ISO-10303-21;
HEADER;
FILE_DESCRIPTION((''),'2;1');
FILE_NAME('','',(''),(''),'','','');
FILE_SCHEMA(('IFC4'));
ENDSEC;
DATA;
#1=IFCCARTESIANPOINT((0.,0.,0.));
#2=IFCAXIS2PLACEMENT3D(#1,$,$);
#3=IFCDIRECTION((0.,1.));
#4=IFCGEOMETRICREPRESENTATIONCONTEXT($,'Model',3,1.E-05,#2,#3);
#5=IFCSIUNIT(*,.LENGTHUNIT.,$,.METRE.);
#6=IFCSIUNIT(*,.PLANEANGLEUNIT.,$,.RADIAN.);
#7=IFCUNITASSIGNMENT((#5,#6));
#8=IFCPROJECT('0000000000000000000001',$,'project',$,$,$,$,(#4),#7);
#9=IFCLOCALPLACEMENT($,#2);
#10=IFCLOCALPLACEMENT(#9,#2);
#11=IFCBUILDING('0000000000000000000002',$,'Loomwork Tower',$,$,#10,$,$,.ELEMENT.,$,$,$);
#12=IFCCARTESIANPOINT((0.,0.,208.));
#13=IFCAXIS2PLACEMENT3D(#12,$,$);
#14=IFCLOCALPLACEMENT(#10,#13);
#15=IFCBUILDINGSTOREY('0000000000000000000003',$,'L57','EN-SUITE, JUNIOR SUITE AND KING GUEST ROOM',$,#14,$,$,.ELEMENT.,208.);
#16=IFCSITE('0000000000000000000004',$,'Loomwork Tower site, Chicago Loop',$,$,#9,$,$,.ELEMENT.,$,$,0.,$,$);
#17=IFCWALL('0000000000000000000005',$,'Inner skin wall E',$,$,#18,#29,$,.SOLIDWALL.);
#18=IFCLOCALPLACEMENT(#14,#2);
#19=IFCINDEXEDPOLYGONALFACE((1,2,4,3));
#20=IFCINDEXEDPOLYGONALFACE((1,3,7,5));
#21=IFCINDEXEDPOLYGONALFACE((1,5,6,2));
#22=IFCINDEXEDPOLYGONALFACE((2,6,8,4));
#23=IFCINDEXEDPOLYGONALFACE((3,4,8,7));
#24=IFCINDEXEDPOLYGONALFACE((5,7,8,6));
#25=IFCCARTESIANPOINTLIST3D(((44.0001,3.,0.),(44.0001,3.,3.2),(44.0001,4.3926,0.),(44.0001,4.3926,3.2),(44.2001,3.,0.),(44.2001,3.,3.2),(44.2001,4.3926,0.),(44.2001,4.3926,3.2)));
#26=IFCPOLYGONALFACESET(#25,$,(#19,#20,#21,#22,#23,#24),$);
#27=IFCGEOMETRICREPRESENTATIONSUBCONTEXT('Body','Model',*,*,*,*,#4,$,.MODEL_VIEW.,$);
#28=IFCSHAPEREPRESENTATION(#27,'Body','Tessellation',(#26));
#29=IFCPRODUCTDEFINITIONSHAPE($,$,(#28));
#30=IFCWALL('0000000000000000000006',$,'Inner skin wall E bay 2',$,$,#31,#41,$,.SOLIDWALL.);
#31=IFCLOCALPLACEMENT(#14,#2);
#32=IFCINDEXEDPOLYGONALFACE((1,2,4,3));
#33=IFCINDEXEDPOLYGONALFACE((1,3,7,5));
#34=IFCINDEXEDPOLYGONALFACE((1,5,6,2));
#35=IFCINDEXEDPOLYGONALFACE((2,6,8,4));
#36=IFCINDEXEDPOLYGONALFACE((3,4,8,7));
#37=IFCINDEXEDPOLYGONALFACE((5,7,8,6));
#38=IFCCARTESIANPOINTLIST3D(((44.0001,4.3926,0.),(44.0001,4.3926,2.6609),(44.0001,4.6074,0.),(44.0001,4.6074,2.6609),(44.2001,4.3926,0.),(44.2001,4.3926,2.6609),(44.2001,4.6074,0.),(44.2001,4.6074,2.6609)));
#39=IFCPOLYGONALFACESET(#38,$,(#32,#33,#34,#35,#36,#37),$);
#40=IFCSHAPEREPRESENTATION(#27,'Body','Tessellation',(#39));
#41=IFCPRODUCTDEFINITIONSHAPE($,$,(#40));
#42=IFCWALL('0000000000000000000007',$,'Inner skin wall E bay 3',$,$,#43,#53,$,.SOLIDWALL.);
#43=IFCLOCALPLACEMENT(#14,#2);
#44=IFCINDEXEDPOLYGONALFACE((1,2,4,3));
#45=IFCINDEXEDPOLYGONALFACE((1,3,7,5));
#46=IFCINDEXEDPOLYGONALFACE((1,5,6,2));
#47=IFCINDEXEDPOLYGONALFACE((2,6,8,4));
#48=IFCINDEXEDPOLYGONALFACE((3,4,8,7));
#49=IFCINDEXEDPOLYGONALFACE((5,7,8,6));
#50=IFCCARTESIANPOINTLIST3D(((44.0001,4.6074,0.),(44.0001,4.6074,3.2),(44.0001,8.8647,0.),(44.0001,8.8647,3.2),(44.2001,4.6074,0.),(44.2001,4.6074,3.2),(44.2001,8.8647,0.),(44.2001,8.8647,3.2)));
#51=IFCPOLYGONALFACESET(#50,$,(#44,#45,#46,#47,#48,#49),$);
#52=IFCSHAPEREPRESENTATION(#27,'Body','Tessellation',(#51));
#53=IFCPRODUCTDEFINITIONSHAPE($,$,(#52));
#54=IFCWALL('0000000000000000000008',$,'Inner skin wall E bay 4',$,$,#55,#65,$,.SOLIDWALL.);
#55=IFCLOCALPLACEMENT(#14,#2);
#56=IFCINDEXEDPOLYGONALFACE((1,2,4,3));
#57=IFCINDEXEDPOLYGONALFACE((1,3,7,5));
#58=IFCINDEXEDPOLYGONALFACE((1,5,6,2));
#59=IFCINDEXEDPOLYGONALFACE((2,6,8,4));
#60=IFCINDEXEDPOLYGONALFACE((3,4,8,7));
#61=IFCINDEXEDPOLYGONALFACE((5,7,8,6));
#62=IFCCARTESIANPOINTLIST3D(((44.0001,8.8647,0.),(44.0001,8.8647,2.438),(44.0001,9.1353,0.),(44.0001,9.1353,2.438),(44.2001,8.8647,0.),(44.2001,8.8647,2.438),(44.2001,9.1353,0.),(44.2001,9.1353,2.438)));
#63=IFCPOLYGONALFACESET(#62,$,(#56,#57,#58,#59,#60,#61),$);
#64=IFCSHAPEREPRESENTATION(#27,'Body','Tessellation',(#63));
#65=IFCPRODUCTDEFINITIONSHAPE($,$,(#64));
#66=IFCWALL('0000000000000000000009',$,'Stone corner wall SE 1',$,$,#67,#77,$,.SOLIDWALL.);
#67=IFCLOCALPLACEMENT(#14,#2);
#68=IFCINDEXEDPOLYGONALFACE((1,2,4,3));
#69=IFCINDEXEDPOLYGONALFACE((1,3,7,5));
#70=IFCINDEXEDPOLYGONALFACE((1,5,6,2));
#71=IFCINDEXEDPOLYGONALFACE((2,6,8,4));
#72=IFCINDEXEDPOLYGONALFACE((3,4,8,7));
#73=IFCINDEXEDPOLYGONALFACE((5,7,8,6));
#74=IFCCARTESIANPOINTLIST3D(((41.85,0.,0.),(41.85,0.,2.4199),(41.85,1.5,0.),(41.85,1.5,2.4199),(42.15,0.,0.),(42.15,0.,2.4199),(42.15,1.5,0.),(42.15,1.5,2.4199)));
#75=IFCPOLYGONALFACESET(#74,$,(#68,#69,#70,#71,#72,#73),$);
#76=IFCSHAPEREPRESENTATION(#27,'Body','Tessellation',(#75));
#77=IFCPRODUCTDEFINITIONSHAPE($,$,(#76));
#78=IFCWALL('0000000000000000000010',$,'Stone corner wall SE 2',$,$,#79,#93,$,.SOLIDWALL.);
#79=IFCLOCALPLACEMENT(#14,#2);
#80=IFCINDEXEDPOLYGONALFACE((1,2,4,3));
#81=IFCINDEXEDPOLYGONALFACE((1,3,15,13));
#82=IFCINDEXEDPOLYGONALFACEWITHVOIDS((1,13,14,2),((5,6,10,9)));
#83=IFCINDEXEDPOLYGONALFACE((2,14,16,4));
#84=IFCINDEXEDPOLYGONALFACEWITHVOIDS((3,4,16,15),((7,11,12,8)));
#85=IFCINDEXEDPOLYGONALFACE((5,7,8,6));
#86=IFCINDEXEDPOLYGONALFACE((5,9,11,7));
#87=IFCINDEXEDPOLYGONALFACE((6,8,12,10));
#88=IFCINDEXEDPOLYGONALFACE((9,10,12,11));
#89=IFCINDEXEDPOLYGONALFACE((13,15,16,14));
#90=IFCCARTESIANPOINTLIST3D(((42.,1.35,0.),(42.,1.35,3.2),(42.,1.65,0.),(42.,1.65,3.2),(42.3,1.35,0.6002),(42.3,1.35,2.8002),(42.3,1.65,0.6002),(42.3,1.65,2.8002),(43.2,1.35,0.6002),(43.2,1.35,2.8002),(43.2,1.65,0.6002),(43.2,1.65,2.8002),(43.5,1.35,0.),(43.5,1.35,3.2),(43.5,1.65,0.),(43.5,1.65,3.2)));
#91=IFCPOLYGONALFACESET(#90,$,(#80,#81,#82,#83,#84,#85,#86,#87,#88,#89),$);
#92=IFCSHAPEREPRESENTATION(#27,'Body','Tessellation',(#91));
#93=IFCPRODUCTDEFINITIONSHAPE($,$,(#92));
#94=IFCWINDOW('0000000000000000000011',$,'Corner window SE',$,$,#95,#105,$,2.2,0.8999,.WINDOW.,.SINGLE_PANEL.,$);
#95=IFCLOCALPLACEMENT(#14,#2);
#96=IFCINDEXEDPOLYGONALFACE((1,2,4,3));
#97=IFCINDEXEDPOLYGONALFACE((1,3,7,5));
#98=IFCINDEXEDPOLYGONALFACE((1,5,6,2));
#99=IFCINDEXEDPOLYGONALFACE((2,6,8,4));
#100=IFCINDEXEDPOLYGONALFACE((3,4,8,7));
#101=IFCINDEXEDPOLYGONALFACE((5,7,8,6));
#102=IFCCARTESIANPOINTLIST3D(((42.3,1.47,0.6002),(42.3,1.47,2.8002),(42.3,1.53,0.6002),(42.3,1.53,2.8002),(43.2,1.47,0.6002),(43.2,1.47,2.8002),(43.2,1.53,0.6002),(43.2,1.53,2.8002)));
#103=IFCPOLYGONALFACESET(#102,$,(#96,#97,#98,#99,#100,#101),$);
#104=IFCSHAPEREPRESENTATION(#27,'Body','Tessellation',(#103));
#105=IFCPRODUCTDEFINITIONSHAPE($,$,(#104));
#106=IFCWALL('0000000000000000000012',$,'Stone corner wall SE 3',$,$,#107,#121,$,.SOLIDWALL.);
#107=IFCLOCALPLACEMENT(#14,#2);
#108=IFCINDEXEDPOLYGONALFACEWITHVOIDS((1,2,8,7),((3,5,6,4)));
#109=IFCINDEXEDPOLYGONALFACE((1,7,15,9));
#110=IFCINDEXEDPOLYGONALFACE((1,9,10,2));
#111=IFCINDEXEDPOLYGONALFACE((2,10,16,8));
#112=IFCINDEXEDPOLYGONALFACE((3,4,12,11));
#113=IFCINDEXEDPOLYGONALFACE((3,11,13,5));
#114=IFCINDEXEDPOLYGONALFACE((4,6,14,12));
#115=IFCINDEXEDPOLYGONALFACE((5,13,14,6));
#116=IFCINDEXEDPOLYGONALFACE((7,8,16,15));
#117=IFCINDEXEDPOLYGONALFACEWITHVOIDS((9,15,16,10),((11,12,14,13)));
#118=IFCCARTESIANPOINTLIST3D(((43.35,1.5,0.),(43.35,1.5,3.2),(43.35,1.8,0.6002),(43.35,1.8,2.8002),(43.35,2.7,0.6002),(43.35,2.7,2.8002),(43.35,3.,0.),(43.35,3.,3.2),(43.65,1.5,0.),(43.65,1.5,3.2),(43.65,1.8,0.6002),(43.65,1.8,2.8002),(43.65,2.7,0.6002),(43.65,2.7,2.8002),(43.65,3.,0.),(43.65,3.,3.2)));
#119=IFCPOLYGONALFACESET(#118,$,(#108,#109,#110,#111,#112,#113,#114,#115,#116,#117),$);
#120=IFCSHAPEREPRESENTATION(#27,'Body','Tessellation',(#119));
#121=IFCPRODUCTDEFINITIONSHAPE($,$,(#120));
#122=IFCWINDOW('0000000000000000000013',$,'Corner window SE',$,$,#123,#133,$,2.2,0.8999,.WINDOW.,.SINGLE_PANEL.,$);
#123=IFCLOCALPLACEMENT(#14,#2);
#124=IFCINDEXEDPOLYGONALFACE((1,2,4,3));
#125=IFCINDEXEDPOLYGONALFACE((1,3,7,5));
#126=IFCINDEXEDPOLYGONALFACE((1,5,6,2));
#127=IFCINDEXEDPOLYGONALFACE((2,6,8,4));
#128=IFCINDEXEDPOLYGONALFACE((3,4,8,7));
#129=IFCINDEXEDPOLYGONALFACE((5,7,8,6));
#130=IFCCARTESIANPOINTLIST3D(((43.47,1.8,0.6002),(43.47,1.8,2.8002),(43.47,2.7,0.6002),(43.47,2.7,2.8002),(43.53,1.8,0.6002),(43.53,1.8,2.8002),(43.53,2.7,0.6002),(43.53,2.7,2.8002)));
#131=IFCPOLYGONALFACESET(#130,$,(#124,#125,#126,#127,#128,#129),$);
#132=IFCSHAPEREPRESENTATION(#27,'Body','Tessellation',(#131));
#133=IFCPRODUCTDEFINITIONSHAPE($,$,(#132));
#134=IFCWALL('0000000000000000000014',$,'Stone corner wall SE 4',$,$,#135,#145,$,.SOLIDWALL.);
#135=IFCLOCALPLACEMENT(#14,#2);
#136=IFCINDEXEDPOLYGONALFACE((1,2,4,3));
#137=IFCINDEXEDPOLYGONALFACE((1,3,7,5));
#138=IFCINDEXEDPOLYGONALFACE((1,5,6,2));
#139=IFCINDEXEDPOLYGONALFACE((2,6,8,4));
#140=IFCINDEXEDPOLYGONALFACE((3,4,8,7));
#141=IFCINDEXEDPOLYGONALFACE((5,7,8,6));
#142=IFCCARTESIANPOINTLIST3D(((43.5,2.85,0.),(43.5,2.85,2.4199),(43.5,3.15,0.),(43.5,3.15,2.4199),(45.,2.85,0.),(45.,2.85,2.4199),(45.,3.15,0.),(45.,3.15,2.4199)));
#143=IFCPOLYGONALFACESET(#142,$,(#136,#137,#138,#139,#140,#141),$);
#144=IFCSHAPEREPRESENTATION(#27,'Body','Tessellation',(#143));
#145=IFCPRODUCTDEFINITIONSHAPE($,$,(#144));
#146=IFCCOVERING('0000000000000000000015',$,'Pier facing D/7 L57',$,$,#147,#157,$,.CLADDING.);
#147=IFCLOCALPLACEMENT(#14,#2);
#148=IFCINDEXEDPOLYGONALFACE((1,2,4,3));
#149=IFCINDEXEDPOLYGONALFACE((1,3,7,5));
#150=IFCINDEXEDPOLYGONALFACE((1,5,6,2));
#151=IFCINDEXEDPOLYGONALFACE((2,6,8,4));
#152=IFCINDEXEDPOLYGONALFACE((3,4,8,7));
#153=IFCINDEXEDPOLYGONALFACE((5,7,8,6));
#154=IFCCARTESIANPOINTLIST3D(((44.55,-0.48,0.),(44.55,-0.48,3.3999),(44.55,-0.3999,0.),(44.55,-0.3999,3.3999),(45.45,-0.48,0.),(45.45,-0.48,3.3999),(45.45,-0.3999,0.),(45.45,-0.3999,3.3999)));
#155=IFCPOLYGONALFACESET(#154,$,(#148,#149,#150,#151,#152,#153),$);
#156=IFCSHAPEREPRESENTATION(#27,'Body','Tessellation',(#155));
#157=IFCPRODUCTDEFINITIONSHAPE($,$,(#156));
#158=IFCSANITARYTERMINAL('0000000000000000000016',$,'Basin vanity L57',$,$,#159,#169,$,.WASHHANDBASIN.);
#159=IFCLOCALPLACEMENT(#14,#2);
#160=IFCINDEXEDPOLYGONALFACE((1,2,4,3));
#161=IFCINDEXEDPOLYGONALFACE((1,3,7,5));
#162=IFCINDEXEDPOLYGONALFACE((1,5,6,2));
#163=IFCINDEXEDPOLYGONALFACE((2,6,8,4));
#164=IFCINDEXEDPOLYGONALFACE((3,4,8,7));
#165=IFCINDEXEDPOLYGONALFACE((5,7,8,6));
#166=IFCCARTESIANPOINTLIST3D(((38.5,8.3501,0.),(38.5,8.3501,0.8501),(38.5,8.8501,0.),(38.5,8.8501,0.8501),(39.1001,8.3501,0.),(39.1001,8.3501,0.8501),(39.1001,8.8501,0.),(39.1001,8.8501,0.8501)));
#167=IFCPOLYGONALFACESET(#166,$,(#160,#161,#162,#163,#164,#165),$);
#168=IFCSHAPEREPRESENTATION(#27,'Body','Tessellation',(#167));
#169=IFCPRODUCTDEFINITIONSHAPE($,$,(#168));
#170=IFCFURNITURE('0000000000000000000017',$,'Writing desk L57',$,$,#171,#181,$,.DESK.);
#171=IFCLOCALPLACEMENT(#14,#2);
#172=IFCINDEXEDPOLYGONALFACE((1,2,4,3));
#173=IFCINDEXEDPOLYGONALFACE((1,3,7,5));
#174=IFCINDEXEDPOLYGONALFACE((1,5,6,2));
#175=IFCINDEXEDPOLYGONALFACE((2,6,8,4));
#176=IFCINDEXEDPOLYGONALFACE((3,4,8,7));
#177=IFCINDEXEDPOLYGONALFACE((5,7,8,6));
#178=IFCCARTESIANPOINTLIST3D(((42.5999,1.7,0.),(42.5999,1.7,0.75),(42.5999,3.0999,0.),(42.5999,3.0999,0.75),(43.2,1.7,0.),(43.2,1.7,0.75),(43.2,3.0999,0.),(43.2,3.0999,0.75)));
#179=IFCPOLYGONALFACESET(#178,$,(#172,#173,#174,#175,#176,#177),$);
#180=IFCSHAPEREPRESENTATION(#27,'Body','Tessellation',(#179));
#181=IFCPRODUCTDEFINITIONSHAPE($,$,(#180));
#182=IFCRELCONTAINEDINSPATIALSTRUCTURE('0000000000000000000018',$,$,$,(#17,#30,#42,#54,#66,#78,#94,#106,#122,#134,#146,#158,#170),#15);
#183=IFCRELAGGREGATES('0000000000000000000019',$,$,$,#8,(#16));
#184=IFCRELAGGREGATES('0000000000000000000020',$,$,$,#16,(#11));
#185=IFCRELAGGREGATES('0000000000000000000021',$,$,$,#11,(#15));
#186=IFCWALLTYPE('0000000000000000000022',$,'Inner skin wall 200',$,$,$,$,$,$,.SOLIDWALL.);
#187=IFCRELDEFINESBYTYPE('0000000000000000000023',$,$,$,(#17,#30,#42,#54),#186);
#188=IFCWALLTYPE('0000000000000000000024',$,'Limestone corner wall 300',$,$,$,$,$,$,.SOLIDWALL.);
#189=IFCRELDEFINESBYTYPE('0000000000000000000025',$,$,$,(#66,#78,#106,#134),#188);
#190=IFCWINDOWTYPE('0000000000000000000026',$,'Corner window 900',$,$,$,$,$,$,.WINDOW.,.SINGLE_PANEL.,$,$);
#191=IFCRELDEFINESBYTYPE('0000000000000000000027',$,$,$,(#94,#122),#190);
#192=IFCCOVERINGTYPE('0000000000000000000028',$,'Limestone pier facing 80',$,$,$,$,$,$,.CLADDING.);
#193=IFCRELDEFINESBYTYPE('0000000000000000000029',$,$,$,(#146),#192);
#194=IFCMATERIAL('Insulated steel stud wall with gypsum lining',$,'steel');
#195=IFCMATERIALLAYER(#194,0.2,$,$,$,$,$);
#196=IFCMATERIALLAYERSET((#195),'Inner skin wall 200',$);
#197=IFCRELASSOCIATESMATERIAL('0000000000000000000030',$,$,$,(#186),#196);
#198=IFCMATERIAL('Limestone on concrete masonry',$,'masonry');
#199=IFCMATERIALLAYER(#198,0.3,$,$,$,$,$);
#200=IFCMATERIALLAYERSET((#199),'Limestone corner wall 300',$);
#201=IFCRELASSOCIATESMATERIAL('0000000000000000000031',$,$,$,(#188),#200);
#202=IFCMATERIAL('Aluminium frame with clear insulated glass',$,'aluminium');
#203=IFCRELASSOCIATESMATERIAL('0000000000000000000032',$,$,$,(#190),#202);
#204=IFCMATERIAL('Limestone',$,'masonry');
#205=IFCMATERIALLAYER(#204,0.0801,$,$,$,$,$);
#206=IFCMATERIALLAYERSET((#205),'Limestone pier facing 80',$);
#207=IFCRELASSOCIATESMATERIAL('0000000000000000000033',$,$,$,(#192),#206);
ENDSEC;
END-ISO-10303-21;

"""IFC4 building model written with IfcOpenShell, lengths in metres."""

from ifc_helpers import new_model, si_unit, direction, frame, frame_2d, origin, origin_2d, place, context, subcontext, project, spatial, rectangle, extrude, material, layer, layer_set, type_object, element, fill, save


model = new_model("IFC4")

# Units and contexts
model_context = context("Model", 3, precision=1e-05, world=origin(), true_north=direction((0.0, 1.0)))
body_context = subcontext(model_context, "Body", "Model", "MODEL_VIEW")
ifc_project = project(units=[si_unit("LENGTHUNIT", "METRE"), si_unit("PLANEANGLEUNIT", "RADIAN")], contexts=[model_context])

# Site, building, storey
site_placement = place(None, origin())
site = spatial("IfcSite", under=ifc_project, at=site_placement, Name="Loomwork Tower site, Chicago Loop", CompositionType="ELEMENT", RefElevation=0.0)
building_placement = place(site_placement, origin())
building = spatial("IfcBuilding", under=site, at=building_placement, Name="Loomwork Tower", CompositionType="ELEMENT")
storey_placement = place(building_placement, frame((0.0, 0.0, 208.0)))
storey = spatial("IfcBuildingStorey", under=building, at=storey_placement, Name="L57", Description="EN-SUITE, JUNIOR SUITE AND KING GUEST ROOM", CompositionType="ELEMENT", Elevation=208.0)

# Walls
ifc_material_1 = material(Name="Insulated steel stud wall with gypsum lining", Category="steel")
ifc_layer_1 = layer(ifc_material_1, 0.2)
ifc_layer_set_1 = layer_set([ifc_layer_1], Name="Inner skin wall 200")
wall_type_1 = type_object("IfcWallType", Name="Inner skin wall 200", PredefinedType="SOLIDWALL", material=ifc_layer_set_1)
wall_1_placement = place(storey_placement, frame((44.1001, 3.0, 0.0), z_axis=(0.0, 0.0, 1.0), x_axis=(0.0, 1.0, 0.0)))
element("IfcWall", 1, at=wall_1_placement, inside=storey, type_object=wall_type_1, Name="Inner skin wall E", PredefinedType="SOLIDWALL", context=body_context, shape_type="SweptSolid", body=[
    extrude(rectangle(XDim=1.3926, YDim=0.2, at=frame_2d((0.6963, 0.0))), origin(), (0.0, 0.0, 1.0), 3.2),
])
wall_2_placement = place(storey_placement, frame((44.1001, 4.3926, 0.0), z_axis=(0.0, 0.0, 1.0), x_axis=(0.0, 1.0, 0.0)))
element("IfcWall", 2, at=wall_2_placement, inside=storey, type_object=wall_type_1, Name="Inner skin wall E bay 2", PredefinedType="SOLIDWALL", context=body_context, shape_type="SweptSolid", body=[
    extrude(rectangle(XDim=0.2148, YDim=0.2, at=frame_2d((0.1074, 0.0))), origin(), (0.0, 0.0, 1.0), 2.6609),
])
wall_3_placement = place(storey_placement, frame((44.1001, 4.6074, 0.0), z_axis=(0.0, 0.0, 1.0), x_axis=(0.0, 1.0, 0.0)))
element("IfcWall", 3, at=wall_3_placement, inside=storey, type_object=wall_type_1, Name="Inner skin wall E bay 3", PredefinedType="SOLIDWALL", context=body_context, shape_type="SweptSolid", body=[
    extrude(rectangle(XDim=4.2573, YDim=0.2, at=frame_2d((2.1287, 0.0))), origin(), (0.0, 0.0, 1.0), 3.2),
])
wall_4_placement = place(storey_placement, frame((44.1001, 8.8647, 0.0), z_axis=(0.0, 0.0, 1.0), x_axis=(0.0, 1.0, 0.0)))
element("IfcWall", 4, at=wall_4_placement, inside=storey, type_object=wall_type_1, Name="Inner skin wall E bay 4", PredefinedType="SOLIDWALL", context=body_context, shape_type="SweptSolid", body=[
    extrude(rectangle(XDim=0.2705, YDim=0.2, at=frame_2d((0.1353, 0.0))), origin(), (0.0, 0.0, 1.0), 2.438),
])
ifc_material_2 = material(Name="Limestone on concrete masonry", Category="masonry")
ifc_layer_2 = layer(ifc_material_2, 0.3)
ifc_layer_set_2 = layer_set([ifc_layer_2], Name="Limestone corner wall 300")
wall_type_2 = type_object("IfcWallType", Name="Limestone corner wall 300", PredefinedType="SOLIDWALL", material=ifc_layer_set_2)
wall_5_placement = place(storey_placement, frame((42.0, 0.0, 0.0), z_axis=(0.0, 0.0, 1.0), x_axis=(0.0, 1.0, 0.0)))
element("IfcWall", 5, at=wall_5_placement, inside=storey, type_object=wall_type_2, Name="Stone corner wall SE 1", PredefinedType="SOLIDWALL", context=body_context, shape_type="SweptSolid", body=[
    extrude(rectangle(XDim=1.5, YDim=0.3, at=frame_2d((0.75, 0.0))), origin(), (0.0, 0.0, 1.0), 2.4199),
])

# Walls, openings, windows
wall_6_placement = place(storey_placement, frame((42.0, 1.5, 0.0), z_axis=(0.0, 0.0, 1.0), x_axis=(1.0, 0.0, 0.0)))
wall_6 = element("IfcWall", 6, at=wall_6_placement, inside=storey, type_object=wall_type_2, Name="Stone corner wall SE 2", PredefinedType="SOLIDWALL", context=body_context, shape_type="SweptSolid", body=[
    extrude(rectangle(XDim=1.5, YDim=0.3, at=frame_2d((0.75, 0.0))), origin(), (0.0, 0.0, 1.0), 3.2),
])
opening_1_placement = place(wall_6_placement, frame((0.3, 0.0, 0.6001)))
opening_1 = element("IfcOpeningElement", 7, at=opening_1_placement, cuts=wall_6, PredefinedType="OPENING", context=body_context, shape_type="SweptSolid", body=[
    extrude(rectangle(XDim=0.8999, YDim=2.2, at=frame_2d((0.45, 1.1001))), frame((0.0, 0.1599, 0.0), z_axis=(0.0, -1.0, 0.0), x_axis=(1.0, 0.0, 0.0)), (0.0, 0.0, 1.0), 0.3201),
])
ifc_material_3 = material(Name="Aluminium frame with clear insulated glass", Category="aluminium")
window_type = type_object("IfcWindowType", Name="Corner window 900", PartitioningType="SINGLE_PANEL", PredefinedType="WINDOW", material=ifc_material_3)
window_1_placement = place(opening_1_placement, origin())
window_1 = element("IfcWindow", 8, at=window_1_placement, inside=storey, type_object=window_type, Name="Corner window SE", OverallHeight=2.2, OverallWidth=0.8999, PartitioningType="SINGLE_PANEL", PredefinedType="WINDOW", context=body_context, shape_type="SweptSolid", body=[
    extrude(rectangle(XDim=0.8999, YDim=2.2, at=frame_2d((0.45, 1.1001))), frame((0.0, 0.03, 0.0), z_axis=(0.0, -1.0, 0.0), x_axis=(1.0, 0.0, 0.0)), (0.0, 0.0, 1.0), 0.0601),
])
fill(opening_1, window_1)
wall_7_placement = place(storey_placement, frame((43.5, 1.5, 0.0), z_axis=(0.0, 0.0, 1.0), x_axis=(0.0, 1.0, 0.0)))
wall_7 = element("IfcWall", 9, at=wall_7_placement, inside=storey, type_object=wall_type_2, Name="Stone corner wall SE 3", PredefinedType="SOLIDWALL", context=body_context, shape_type="SweptSolid", body=[
    extrude(rectangle(XDim=1.5, YDim=0.3, at=frame_2d((0.75, 0.0))), origin(), (0.0, 0.0, 1.0), 3.2),
])
opening_2_placement = place(wall_7_placement, frame((0.3, 0.0, 0.6001)))
opening_2 = element("IfcOpeningElement", 10, at=opening_2_placement, cuts=wall_7, PredefinedType="OPENING", context=body_context, shape_type="SweptSolid", body=[
    extrude(rectangle(XDim=0.8999, YDim=2.2, at=frame_2d((0.45, 1.1001))), frame((0.0, 0.1599, 0.0), z_axis=(0.0, -1.0, 0.0), x_axis=(1.0, 0.0, 0.0)), (0.0, 0.0, 1.0), 0.3201),
])
window_2_placement = place(opening_2_placement, origin())
window_2 = element("IfcWindow", 11, at=window_2_placement, inside=storey, type_object=window_type, Name="Corner window SE", OverallHeight=2.2, OverallWidth=0.8999, PartitioningType="SINGLE_PANEL", PredefinedType="WINDOW", context=body_context, shape_type="SweptSolid", body=[
    extrude(rectangle(XDim=0.8999, YDim=2.2, at=frame_2d((0.45, 1.1001))), frame((0.0, 0.03, 0.0), z_axis=(0.0, -1.0, 0.0), x_axis=(1.0, 0.0, 0.0)), (0.0, 0.0, 1.0), 0.0601),
])
fill(opening_2, window_2)

# Wall
wall_8_placement = place(storey_placement, frame((43.5, 3.0, 0.0), z_axis=(0.0, 0.0, 1.0), x_axis=(1.0, 0.0, 0.0)))
element("IfcWall", 12, at=wall_8_placement, inside=storey, type_object=wall_type_2, Name="Stone corner wall SE 4", PredefinedType="SOLIDWALL", context=body_context, shape_type="SweptSolid", body=[
    extrude(rectangle(XDim=1.5, YDim=0.3, at=frame_2d((0.75, 0.0))), origin(), (0.0, 0.0, 1.0), 2.4199),
])

# Covering
ifc_material_4 = material(Name="Limestone", Category="masonry")
ifc_layer_3 = layer(ifc_material_4, 0.0801)
ifc_layer_set_3 = layer_set([ifc_layer_3], Name="Limestone pier facing 80")
covering_type = type_object("IfcCoveringType", Name="Limestone pier facing 80", PredefinedType="CLADDING", material=ifc_layer_set_3)
covering_placement = place(storey_placement, frame((45.0, -0.4399, 0.0), z_axis=(0.0, 0.0, 1.0), x_axis=(1.0, 0.0, 0.0)))
element("IfcCovering", 13, at=covering_placement, inside=storey, type_object=covering_type, Name="Pier facing D/7 L57", PredefinedType="CLADDING", context=body_context, shape_type="SweptSolid", body=[
    extrude(rectangle(XDim=0.8999, YDim=0.0801, at=origin_2d()), origin(), (0.0, 0.0, 1.0), 3.3999),
])

# Sanitary terminal
sanitary_terminal_placement = place(storey_placement, frame((38.8, 8.6001, 0.0), z_axis=(0.0, 0.0, 1.0), x_axis=(1.0, 0.0, 0.0)))
element("IfcSanitaryTerminal", 14, at=sanitary_terminal_placement, inside=storey, Name="Basin vanity L57", PredefinedType="WASHHANDBASIN", context=body_context, shape_type="SweptSolid", body=[
    extrude(rectangle(XDim=0.6001, YDim=0.5, at=origin_2d()), origin(), (0.0, 0.0, 1.0), 0.8501),
])

# Furniture
furniture_1_placement = place(storey_placement, frame((42.8999, 2.3999, 0.0), z_axis=(0.0, 0.0, 1.0), x_axis=(1.0, 0.0, 0.0)))
element("IfcFurniture", 15, at=furniture_1_placement, inside=storey, Name="Writing desk L57", PredefinedType="DESK", context=body_context, shape_type="SweptSolid", body=[
    extrude(rectangle(XDim=0.6001, YDim=1.3999, at=origin_2d()), origin(), (0.0, 0.0, 1.0), 0.75),
])

save(model, "model.ifc")
